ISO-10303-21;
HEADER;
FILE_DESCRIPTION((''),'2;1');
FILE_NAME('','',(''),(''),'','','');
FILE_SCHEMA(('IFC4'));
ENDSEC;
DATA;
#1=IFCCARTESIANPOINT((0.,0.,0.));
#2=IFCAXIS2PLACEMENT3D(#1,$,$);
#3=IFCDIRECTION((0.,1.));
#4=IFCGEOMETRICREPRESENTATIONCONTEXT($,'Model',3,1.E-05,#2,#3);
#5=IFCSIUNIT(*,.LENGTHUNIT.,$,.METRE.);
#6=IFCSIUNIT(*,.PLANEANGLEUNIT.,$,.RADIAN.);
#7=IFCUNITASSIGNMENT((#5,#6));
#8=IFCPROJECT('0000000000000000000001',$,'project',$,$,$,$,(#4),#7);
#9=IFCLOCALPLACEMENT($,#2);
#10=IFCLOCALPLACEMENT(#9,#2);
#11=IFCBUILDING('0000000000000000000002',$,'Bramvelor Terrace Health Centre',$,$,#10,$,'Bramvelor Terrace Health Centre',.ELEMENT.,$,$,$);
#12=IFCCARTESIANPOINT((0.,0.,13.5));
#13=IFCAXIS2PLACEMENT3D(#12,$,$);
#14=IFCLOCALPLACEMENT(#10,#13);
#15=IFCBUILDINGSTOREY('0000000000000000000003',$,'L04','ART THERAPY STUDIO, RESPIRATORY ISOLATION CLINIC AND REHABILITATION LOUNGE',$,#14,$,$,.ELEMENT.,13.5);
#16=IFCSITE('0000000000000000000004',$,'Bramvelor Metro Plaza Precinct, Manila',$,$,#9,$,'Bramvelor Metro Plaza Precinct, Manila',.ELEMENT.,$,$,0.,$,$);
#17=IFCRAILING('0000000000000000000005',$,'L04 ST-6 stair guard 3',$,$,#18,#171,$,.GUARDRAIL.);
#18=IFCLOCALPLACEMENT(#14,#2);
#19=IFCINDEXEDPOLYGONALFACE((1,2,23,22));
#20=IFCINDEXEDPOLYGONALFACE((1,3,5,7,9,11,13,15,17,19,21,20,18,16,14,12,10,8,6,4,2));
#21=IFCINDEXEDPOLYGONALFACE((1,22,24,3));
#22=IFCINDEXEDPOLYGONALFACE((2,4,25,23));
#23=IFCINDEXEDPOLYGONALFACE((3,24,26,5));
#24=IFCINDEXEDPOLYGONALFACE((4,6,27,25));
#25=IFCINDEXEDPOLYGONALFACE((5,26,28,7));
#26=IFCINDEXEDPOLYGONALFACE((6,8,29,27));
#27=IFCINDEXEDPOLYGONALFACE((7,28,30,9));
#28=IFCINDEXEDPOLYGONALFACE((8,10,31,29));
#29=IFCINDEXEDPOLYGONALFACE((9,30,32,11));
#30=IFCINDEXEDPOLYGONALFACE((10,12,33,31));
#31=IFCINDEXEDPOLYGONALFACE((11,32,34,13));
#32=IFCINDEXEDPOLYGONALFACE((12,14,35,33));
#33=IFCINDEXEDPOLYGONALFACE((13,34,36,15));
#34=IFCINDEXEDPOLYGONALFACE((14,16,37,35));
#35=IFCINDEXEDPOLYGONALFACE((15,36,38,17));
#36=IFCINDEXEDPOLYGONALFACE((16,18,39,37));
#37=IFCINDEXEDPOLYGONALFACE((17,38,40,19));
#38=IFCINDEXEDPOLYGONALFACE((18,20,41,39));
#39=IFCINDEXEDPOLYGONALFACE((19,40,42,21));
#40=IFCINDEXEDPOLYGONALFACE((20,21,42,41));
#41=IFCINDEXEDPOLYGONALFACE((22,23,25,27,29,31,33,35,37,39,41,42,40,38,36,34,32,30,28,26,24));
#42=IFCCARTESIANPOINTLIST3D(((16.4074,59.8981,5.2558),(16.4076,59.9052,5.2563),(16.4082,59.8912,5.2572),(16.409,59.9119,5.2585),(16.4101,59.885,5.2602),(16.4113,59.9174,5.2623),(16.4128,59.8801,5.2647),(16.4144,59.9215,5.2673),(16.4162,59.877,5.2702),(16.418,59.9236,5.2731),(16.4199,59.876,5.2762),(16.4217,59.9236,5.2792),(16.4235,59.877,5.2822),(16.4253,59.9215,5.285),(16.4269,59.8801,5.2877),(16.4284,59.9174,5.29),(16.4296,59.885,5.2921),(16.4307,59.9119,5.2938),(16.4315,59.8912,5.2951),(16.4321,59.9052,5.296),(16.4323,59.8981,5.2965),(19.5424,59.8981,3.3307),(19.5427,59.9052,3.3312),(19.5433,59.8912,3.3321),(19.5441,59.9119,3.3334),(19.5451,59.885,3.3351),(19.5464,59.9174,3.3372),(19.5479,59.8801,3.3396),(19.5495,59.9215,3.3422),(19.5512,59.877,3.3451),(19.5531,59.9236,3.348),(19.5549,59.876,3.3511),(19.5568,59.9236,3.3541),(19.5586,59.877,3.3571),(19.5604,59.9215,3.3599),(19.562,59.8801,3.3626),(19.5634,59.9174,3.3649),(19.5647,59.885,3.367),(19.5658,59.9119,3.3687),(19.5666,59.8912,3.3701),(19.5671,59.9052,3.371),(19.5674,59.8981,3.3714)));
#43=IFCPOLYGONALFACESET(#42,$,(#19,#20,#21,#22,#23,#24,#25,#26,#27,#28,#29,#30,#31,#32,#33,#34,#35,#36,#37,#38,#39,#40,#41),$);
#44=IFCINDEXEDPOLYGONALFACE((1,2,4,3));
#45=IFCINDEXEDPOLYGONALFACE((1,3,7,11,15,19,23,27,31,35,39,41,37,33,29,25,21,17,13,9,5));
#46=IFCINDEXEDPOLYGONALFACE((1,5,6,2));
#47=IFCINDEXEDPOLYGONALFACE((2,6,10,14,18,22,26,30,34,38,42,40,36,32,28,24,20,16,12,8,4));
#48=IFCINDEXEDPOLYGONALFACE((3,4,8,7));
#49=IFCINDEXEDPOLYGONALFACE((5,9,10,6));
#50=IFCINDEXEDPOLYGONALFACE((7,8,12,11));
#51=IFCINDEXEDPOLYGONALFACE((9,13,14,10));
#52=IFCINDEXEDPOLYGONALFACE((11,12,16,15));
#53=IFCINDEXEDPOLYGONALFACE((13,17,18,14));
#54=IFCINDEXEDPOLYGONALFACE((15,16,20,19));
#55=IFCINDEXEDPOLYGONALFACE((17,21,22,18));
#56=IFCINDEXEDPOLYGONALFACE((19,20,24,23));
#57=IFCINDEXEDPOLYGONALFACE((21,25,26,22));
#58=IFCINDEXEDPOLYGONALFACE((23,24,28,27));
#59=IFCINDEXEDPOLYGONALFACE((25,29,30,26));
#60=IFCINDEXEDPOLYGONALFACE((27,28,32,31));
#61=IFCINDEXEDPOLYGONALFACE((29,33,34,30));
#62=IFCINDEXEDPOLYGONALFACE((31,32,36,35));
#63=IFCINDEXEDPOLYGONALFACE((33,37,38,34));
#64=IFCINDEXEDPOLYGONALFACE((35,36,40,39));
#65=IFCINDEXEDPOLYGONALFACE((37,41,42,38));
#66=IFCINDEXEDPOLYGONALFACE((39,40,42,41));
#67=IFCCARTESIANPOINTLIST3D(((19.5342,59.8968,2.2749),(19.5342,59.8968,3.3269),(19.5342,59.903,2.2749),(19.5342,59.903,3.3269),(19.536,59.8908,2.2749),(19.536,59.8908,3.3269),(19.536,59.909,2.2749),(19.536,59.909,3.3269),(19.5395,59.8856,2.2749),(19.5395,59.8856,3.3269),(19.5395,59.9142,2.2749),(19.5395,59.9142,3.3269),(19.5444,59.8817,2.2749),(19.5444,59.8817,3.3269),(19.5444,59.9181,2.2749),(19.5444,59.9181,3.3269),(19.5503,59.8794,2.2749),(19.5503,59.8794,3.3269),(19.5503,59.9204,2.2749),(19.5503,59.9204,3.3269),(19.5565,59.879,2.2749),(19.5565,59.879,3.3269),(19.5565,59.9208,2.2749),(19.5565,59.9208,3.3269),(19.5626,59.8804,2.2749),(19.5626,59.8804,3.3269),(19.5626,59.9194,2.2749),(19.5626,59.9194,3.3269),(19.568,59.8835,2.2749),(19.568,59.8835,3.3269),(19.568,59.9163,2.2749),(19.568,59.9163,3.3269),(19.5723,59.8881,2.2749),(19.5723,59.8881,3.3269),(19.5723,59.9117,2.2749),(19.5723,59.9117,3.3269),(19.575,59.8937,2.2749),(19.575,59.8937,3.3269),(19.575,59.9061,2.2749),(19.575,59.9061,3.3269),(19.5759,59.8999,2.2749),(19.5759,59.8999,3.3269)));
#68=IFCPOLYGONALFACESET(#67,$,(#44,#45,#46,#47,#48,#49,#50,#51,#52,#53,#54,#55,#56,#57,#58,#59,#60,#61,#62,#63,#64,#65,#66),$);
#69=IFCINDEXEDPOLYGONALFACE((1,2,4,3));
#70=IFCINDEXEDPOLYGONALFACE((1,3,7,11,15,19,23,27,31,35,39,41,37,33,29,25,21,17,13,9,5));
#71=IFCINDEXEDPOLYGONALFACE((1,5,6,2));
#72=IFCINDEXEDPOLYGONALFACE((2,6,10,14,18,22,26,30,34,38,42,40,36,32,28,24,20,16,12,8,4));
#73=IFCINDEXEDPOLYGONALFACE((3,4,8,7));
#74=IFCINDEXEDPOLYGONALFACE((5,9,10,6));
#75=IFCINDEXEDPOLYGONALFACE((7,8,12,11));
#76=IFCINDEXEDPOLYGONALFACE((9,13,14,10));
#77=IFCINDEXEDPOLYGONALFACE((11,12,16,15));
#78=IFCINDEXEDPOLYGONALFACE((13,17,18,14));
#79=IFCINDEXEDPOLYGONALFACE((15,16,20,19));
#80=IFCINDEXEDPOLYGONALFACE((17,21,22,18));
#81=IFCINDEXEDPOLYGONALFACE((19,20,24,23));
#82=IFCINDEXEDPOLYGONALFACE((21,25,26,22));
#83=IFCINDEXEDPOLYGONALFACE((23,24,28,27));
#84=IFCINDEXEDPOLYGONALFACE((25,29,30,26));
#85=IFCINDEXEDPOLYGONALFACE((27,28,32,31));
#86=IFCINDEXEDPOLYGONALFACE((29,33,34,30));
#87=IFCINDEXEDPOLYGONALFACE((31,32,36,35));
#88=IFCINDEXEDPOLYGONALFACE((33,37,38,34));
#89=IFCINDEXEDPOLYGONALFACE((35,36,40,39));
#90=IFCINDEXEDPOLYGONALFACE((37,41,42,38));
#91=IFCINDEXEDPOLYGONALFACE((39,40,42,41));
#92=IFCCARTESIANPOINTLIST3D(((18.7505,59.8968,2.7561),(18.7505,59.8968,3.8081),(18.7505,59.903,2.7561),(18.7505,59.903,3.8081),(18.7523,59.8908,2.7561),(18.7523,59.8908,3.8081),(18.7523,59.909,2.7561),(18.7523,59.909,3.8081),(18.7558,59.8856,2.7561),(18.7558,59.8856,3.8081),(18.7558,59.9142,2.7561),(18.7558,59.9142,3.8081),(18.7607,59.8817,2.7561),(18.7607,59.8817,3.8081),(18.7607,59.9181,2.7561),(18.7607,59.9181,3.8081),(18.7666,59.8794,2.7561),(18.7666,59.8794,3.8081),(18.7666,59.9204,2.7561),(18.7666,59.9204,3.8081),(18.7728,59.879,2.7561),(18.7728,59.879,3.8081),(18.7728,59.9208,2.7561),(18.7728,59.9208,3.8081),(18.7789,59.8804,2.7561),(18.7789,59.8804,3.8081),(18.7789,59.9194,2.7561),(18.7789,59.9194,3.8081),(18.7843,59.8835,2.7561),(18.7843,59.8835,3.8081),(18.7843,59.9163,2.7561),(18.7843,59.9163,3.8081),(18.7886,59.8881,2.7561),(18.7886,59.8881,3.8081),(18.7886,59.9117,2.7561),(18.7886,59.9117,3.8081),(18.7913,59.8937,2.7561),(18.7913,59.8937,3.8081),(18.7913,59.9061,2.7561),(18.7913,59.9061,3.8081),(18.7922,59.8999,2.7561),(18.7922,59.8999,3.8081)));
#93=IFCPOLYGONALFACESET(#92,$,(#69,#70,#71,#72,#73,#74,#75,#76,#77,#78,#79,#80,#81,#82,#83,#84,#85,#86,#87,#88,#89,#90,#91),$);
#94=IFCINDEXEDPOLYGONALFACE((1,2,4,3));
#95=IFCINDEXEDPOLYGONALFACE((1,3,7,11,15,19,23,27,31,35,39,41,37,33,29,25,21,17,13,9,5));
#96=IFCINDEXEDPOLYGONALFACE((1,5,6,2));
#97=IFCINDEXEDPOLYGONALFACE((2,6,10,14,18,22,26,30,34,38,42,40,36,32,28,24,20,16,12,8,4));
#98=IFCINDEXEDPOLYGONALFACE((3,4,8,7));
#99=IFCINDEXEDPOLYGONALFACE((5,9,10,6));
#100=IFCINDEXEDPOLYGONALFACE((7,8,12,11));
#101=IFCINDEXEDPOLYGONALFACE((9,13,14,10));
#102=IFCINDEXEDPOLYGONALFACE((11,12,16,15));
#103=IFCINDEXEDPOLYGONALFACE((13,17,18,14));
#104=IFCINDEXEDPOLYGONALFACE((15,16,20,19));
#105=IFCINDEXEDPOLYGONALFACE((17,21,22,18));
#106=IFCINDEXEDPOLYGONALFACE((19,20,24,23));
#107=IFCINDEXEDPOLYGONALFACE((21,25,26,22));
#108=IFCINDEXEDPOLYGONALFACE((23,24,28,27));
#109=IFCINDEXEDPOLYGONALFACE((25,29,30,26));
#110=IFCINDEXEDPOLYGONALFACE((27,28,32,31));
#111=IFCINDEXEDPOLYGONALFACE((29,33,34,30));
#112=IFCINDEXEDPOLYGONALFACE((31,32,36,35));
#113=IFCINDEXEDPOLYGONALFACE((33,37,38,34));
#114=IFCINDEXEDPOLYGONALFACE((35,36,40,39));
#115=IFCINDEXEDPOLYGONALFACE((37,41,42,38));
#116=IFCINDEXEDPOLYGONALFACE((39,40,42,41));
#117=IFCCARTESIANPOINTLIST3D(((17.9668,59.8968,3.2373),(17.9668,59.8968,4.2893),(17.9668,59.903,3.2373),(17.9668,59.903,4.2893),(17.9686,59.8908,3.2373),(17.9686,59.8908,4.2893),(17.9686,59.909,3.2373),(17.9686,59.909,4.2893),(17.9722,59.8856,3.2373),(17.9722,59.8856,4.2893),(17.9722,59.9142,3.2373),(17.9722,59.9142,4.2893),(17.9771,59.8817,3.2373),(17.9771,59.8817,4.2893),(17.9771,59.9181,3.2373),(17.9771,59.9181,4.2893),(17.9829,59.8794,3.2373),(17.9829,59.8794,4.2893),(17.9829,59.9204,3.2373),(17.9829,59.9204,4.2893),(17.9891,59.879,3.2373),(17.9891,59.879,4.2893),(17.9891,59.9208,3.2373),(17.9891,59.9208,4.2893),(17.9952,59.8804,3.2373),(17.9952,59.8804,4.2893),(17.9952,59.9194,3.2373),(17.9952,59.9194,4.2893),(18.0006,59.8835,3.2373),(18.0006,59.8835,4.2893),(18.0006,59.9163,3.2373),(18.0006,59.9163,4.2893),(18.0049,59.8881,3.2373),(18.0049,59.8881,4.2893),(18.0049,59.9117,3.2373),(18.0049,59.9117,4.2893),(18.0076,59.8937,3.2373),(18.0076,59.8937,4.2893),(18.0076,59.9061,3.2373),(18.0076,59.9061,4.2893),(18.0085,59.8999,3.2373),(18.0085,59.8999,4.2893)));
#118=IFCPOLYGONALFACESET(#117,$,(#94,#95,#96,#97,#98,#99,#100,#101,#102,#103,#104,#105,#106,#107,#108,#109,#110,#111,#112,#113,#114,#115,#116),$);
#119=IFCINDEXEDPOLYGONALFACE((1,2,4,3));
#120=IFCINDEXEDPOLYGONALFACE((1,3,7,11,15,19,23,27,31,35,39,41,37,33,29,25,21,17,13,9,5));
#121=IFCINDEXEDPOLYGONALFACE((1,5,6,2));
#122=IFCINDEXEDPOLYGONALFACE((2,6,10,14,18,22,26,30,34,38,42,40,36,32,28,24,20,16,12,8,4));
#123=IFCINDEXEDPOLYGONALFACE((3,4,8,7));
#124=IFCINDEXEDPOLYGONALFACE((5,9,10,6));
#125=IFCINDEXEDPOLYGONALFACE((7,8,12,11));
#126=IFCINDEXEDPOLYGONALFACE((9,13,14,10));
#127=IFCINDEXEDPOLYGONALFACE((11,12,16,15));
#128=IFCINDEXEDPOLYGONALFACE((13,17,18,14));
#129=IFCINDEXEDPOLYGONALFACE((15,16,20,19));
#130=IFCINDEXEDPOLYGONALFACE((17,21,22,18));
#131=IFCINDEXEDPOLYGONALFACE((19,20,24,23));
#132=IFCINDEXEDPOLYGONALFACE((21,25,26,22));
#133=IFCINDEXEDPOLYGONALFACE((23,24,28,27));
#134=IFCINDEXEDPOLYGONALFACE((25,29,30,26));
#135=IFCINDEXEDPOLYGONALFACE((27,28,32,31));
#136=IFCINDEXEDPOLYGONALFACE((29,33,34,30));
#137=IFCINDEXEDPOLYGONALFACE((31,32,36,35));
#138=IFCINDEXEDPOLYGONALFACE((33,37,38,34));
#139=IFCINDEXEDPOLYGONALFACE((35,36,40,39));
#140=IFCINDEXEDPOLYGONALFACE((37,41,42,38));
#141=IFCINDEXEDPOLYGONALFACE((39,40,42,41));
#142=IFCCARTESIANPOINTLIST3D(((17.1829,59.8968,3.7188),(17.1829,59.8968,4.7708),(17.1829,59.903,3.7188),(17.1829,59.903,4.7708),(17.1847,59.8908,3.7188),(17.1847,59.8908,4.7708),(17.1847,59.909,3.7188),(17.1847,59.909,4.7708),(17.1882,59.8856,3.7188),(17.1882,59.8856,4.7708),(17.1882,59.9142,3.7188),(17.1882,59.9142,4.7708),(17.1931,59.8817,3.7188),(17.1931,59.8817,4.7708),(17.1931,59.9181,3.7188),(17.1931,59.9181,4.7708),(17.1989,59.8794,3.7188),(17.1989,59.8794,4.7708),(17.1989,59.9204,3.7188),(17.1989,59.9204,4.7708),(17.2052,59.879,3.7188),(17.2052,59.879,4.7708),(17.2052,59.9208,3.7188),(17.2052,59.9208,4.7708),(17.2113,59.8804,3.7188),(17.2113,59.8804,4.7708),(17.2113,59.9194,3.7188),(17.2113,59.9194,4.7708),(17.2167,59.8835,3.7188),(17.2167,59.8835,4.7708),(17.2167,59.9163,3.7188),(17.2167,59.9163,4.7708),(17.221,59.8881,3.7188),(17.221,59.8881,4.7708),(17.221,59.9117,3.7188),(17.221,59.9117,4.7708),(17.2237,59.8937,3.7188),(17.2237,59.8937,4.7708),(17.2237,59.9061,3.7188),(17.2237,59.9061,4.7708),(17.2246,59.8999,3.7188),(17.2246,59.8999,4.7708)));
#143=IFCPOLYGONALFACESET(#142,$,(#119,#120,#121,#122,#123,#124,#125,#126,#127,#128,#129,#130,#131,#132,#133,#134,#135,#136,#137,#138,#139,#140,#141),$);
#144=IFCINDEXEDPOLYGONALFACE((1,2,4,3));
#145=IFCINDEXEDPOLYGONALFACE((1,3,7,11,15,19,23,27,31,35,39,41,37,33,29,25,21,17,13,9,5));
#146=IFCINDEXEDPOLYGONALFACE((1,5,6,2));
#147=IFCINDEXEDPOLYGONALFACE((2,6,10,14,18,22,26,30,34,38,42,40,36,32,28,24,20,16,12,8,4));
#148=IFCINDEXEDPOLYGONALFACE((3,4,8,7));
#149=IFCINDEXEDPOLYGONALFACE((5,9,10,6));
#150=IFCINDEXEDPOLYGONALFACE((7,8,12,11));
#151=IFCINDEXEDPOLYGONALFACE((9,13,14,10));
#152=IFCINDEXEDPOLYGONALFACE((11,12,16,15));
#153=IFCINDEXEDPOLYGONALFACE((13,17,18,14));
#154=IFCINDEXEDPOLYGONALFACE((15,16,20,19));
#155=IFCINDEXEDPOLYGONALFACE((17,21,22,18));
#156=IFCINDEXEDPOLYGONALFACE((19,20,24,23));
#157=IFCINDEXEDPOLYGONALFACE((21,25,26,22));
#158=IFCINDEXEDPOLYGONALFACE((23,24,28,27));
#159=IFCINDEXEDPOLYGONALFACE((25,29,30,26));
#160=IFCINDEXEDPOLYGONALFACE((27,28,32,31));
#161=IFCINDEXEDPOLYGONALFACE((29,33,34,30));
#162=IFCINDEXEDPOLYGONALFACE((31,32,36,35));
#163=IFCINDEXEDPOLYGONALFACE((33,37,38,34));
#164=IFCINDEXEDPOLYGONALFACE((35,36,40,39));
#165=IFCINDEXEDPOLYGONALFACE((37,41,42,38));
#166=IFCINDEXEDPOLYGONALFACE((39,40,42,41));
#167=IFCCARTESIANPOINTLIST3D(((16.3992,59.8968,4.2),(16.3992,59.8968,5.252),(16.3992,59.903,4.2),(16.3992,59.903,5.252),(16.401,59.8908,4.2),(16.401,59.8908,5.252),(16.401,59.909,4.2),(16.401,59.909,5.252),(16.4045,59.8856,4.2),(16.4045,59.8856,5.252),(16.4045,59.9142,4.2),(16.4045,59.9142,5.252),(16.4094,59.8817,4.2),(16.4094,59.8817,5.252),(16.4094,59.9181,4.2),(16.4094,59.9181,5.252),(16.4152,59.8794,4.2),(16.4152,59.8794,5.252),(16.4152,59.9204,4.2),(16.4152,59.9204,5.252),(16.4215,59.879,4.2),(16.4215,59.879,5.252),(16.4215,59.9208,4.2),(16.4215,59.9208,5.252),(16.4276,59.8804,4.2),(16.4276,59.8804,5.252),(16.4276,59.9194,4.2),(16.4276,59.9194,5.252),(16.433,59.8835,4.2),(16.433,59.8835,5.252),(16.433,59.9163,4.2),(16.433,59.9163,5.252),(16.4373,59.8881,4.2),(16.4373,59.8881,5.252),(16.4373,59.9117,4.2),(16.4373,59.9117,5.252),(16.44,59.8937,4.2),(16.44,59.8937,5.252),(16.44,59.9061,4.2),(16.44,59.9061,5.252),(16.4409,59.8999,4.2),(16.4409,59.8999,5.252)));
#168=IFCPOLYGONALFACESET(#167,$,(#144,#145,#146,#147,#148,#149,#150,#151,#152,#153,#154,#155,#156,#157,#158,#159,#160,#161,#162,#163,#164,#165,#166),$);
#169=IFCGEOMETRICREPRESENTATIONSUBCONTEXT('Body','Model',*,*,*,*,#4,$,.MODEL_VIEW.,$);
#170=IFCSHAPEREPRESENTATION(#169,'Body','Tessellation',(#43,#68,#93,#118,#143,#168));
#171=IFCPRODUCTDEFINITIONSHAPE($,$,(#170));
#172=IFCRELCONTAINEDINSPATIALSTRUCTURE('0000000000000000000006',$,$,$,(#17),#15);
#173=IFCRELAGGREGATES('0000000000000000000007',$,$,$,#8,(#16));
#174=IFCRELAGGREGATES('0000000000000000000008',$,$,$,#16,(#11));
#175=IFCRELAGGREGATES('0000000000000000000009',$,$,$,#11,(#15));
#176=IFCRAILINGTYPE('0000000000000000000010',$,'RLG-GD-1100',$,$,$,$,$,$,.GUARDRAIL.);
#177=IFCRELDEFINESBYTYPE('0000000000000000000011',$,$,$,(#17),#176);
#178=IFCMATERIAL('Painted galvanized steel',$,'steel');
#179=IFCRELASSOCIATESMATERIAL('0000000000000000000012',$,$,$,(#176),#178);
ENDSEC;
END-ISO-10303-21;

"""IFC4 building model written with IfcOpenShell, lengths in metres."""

from ifc_helpers import new_model, si_unit, direction, frame, origin, origin_2d, place, context, subcontext, project, spatial, circle, extrude, material, type_object, element, save


model = new_model("IFC4")

# Units and contexts
model_context = context("Model", 3, precision=1e-05, world=origin(), true_north=direction((0.0, 1.0)))
body_context = subcontext(model_context, "Body", "Model", "MODEL_VIEW")
ifc_project = project(units=[si_unit("LENGTHUNIT", "METRE"), si_unit("PLANEANGLEUNIT", "RADIAN")], contexts=[model_context])

# Site, building, storey
site_placement = place(None, origin())
site = spatial("IfcSite", under=ifc_project, at=site_placement, Name="Bramvelor Metro Plaza Precinct, Manila", LongName="Bramvelor Metro Plaza Precinct, Manila", CompositionType="ELEMENT", RefElevation=0.0)
building_placement = place(site_placement, origin())
building = spatial("IfcBuilding", under=site, at=building_placement, Name="Bramvelor Terrace Health Centre", LongName="Bramvelor Terrace Health Centre", CompositionType="ELEMENT")
storey_placement = place(building_placement, frame((0.0, 0.0, 13.5)))
storey = spatial("IfcBuildingStorey", under=building, at=storey_placement, Name="L04", Description="ART THERAPY STUDIO, RESPIRATORY ISOLATION CLINIC AND REHABILITATION LOUNGE", CompositionType="ELEMENT", Elevation=13.5)

# Railing
ifc_material_1 = material(Name="Painted galvanized steel", Category="steel")
railing_type_1 = type_object("IfcRailingType", Name="RLG-GD-1100", PredefinedType="GUARDRAIL", material=ifc_material_1)
railing_1_placement = place(storey_placement, frame((19.5549, 59.8999, 2.2749)))
element("IfcRailing", 1, at=railing_1_placement, inside=storey, type_object=railing_type_1, Name="L04 ST-6 stair guard 3", PredefinedType="GUARDRAIL", context=body_context, shape_type="SweptSolid", body=[
    extrude(circle(Radius=0.0239, at=origin_2d()), frame((0.0, 0.0, 1.0762), z_axis=(-0.852166, 0.0, 0.523271), x_axis=(0.0, -1.0, 0.0)), (0.0, 0.0, 1.0), 3.679),
    extrude(circle(Radius=0.021, at=origin_2d()), origin(), (0.0, 0.0, 1.0), 1.052),
    extrude(circle(Radius=0.021, at=origin_2d()), frame((-0.7837, 0.0, 0.4812)), (0.0, 0.0, 1.0), 1.052),
    extrude(circle(Radius=0.021, at=origin_2d()), frame((-1.5674, 0.0, 0.9624)), (0.0, 0.0, 1.0), 1.052),
    extrude(circle(Radius=0.021, at=origin_2d()), frame((-2.3513, 0.0, 1.4438)), (0.0, 0.0, 1.0), 1.052),
    extrude(circle(Radius=0.021, at=origin_2d()), frame((-3.135, 0.0, 1.925)), (0.0, 0.0, 1.0), 1.052),
])

save(model, "model.ifc")
